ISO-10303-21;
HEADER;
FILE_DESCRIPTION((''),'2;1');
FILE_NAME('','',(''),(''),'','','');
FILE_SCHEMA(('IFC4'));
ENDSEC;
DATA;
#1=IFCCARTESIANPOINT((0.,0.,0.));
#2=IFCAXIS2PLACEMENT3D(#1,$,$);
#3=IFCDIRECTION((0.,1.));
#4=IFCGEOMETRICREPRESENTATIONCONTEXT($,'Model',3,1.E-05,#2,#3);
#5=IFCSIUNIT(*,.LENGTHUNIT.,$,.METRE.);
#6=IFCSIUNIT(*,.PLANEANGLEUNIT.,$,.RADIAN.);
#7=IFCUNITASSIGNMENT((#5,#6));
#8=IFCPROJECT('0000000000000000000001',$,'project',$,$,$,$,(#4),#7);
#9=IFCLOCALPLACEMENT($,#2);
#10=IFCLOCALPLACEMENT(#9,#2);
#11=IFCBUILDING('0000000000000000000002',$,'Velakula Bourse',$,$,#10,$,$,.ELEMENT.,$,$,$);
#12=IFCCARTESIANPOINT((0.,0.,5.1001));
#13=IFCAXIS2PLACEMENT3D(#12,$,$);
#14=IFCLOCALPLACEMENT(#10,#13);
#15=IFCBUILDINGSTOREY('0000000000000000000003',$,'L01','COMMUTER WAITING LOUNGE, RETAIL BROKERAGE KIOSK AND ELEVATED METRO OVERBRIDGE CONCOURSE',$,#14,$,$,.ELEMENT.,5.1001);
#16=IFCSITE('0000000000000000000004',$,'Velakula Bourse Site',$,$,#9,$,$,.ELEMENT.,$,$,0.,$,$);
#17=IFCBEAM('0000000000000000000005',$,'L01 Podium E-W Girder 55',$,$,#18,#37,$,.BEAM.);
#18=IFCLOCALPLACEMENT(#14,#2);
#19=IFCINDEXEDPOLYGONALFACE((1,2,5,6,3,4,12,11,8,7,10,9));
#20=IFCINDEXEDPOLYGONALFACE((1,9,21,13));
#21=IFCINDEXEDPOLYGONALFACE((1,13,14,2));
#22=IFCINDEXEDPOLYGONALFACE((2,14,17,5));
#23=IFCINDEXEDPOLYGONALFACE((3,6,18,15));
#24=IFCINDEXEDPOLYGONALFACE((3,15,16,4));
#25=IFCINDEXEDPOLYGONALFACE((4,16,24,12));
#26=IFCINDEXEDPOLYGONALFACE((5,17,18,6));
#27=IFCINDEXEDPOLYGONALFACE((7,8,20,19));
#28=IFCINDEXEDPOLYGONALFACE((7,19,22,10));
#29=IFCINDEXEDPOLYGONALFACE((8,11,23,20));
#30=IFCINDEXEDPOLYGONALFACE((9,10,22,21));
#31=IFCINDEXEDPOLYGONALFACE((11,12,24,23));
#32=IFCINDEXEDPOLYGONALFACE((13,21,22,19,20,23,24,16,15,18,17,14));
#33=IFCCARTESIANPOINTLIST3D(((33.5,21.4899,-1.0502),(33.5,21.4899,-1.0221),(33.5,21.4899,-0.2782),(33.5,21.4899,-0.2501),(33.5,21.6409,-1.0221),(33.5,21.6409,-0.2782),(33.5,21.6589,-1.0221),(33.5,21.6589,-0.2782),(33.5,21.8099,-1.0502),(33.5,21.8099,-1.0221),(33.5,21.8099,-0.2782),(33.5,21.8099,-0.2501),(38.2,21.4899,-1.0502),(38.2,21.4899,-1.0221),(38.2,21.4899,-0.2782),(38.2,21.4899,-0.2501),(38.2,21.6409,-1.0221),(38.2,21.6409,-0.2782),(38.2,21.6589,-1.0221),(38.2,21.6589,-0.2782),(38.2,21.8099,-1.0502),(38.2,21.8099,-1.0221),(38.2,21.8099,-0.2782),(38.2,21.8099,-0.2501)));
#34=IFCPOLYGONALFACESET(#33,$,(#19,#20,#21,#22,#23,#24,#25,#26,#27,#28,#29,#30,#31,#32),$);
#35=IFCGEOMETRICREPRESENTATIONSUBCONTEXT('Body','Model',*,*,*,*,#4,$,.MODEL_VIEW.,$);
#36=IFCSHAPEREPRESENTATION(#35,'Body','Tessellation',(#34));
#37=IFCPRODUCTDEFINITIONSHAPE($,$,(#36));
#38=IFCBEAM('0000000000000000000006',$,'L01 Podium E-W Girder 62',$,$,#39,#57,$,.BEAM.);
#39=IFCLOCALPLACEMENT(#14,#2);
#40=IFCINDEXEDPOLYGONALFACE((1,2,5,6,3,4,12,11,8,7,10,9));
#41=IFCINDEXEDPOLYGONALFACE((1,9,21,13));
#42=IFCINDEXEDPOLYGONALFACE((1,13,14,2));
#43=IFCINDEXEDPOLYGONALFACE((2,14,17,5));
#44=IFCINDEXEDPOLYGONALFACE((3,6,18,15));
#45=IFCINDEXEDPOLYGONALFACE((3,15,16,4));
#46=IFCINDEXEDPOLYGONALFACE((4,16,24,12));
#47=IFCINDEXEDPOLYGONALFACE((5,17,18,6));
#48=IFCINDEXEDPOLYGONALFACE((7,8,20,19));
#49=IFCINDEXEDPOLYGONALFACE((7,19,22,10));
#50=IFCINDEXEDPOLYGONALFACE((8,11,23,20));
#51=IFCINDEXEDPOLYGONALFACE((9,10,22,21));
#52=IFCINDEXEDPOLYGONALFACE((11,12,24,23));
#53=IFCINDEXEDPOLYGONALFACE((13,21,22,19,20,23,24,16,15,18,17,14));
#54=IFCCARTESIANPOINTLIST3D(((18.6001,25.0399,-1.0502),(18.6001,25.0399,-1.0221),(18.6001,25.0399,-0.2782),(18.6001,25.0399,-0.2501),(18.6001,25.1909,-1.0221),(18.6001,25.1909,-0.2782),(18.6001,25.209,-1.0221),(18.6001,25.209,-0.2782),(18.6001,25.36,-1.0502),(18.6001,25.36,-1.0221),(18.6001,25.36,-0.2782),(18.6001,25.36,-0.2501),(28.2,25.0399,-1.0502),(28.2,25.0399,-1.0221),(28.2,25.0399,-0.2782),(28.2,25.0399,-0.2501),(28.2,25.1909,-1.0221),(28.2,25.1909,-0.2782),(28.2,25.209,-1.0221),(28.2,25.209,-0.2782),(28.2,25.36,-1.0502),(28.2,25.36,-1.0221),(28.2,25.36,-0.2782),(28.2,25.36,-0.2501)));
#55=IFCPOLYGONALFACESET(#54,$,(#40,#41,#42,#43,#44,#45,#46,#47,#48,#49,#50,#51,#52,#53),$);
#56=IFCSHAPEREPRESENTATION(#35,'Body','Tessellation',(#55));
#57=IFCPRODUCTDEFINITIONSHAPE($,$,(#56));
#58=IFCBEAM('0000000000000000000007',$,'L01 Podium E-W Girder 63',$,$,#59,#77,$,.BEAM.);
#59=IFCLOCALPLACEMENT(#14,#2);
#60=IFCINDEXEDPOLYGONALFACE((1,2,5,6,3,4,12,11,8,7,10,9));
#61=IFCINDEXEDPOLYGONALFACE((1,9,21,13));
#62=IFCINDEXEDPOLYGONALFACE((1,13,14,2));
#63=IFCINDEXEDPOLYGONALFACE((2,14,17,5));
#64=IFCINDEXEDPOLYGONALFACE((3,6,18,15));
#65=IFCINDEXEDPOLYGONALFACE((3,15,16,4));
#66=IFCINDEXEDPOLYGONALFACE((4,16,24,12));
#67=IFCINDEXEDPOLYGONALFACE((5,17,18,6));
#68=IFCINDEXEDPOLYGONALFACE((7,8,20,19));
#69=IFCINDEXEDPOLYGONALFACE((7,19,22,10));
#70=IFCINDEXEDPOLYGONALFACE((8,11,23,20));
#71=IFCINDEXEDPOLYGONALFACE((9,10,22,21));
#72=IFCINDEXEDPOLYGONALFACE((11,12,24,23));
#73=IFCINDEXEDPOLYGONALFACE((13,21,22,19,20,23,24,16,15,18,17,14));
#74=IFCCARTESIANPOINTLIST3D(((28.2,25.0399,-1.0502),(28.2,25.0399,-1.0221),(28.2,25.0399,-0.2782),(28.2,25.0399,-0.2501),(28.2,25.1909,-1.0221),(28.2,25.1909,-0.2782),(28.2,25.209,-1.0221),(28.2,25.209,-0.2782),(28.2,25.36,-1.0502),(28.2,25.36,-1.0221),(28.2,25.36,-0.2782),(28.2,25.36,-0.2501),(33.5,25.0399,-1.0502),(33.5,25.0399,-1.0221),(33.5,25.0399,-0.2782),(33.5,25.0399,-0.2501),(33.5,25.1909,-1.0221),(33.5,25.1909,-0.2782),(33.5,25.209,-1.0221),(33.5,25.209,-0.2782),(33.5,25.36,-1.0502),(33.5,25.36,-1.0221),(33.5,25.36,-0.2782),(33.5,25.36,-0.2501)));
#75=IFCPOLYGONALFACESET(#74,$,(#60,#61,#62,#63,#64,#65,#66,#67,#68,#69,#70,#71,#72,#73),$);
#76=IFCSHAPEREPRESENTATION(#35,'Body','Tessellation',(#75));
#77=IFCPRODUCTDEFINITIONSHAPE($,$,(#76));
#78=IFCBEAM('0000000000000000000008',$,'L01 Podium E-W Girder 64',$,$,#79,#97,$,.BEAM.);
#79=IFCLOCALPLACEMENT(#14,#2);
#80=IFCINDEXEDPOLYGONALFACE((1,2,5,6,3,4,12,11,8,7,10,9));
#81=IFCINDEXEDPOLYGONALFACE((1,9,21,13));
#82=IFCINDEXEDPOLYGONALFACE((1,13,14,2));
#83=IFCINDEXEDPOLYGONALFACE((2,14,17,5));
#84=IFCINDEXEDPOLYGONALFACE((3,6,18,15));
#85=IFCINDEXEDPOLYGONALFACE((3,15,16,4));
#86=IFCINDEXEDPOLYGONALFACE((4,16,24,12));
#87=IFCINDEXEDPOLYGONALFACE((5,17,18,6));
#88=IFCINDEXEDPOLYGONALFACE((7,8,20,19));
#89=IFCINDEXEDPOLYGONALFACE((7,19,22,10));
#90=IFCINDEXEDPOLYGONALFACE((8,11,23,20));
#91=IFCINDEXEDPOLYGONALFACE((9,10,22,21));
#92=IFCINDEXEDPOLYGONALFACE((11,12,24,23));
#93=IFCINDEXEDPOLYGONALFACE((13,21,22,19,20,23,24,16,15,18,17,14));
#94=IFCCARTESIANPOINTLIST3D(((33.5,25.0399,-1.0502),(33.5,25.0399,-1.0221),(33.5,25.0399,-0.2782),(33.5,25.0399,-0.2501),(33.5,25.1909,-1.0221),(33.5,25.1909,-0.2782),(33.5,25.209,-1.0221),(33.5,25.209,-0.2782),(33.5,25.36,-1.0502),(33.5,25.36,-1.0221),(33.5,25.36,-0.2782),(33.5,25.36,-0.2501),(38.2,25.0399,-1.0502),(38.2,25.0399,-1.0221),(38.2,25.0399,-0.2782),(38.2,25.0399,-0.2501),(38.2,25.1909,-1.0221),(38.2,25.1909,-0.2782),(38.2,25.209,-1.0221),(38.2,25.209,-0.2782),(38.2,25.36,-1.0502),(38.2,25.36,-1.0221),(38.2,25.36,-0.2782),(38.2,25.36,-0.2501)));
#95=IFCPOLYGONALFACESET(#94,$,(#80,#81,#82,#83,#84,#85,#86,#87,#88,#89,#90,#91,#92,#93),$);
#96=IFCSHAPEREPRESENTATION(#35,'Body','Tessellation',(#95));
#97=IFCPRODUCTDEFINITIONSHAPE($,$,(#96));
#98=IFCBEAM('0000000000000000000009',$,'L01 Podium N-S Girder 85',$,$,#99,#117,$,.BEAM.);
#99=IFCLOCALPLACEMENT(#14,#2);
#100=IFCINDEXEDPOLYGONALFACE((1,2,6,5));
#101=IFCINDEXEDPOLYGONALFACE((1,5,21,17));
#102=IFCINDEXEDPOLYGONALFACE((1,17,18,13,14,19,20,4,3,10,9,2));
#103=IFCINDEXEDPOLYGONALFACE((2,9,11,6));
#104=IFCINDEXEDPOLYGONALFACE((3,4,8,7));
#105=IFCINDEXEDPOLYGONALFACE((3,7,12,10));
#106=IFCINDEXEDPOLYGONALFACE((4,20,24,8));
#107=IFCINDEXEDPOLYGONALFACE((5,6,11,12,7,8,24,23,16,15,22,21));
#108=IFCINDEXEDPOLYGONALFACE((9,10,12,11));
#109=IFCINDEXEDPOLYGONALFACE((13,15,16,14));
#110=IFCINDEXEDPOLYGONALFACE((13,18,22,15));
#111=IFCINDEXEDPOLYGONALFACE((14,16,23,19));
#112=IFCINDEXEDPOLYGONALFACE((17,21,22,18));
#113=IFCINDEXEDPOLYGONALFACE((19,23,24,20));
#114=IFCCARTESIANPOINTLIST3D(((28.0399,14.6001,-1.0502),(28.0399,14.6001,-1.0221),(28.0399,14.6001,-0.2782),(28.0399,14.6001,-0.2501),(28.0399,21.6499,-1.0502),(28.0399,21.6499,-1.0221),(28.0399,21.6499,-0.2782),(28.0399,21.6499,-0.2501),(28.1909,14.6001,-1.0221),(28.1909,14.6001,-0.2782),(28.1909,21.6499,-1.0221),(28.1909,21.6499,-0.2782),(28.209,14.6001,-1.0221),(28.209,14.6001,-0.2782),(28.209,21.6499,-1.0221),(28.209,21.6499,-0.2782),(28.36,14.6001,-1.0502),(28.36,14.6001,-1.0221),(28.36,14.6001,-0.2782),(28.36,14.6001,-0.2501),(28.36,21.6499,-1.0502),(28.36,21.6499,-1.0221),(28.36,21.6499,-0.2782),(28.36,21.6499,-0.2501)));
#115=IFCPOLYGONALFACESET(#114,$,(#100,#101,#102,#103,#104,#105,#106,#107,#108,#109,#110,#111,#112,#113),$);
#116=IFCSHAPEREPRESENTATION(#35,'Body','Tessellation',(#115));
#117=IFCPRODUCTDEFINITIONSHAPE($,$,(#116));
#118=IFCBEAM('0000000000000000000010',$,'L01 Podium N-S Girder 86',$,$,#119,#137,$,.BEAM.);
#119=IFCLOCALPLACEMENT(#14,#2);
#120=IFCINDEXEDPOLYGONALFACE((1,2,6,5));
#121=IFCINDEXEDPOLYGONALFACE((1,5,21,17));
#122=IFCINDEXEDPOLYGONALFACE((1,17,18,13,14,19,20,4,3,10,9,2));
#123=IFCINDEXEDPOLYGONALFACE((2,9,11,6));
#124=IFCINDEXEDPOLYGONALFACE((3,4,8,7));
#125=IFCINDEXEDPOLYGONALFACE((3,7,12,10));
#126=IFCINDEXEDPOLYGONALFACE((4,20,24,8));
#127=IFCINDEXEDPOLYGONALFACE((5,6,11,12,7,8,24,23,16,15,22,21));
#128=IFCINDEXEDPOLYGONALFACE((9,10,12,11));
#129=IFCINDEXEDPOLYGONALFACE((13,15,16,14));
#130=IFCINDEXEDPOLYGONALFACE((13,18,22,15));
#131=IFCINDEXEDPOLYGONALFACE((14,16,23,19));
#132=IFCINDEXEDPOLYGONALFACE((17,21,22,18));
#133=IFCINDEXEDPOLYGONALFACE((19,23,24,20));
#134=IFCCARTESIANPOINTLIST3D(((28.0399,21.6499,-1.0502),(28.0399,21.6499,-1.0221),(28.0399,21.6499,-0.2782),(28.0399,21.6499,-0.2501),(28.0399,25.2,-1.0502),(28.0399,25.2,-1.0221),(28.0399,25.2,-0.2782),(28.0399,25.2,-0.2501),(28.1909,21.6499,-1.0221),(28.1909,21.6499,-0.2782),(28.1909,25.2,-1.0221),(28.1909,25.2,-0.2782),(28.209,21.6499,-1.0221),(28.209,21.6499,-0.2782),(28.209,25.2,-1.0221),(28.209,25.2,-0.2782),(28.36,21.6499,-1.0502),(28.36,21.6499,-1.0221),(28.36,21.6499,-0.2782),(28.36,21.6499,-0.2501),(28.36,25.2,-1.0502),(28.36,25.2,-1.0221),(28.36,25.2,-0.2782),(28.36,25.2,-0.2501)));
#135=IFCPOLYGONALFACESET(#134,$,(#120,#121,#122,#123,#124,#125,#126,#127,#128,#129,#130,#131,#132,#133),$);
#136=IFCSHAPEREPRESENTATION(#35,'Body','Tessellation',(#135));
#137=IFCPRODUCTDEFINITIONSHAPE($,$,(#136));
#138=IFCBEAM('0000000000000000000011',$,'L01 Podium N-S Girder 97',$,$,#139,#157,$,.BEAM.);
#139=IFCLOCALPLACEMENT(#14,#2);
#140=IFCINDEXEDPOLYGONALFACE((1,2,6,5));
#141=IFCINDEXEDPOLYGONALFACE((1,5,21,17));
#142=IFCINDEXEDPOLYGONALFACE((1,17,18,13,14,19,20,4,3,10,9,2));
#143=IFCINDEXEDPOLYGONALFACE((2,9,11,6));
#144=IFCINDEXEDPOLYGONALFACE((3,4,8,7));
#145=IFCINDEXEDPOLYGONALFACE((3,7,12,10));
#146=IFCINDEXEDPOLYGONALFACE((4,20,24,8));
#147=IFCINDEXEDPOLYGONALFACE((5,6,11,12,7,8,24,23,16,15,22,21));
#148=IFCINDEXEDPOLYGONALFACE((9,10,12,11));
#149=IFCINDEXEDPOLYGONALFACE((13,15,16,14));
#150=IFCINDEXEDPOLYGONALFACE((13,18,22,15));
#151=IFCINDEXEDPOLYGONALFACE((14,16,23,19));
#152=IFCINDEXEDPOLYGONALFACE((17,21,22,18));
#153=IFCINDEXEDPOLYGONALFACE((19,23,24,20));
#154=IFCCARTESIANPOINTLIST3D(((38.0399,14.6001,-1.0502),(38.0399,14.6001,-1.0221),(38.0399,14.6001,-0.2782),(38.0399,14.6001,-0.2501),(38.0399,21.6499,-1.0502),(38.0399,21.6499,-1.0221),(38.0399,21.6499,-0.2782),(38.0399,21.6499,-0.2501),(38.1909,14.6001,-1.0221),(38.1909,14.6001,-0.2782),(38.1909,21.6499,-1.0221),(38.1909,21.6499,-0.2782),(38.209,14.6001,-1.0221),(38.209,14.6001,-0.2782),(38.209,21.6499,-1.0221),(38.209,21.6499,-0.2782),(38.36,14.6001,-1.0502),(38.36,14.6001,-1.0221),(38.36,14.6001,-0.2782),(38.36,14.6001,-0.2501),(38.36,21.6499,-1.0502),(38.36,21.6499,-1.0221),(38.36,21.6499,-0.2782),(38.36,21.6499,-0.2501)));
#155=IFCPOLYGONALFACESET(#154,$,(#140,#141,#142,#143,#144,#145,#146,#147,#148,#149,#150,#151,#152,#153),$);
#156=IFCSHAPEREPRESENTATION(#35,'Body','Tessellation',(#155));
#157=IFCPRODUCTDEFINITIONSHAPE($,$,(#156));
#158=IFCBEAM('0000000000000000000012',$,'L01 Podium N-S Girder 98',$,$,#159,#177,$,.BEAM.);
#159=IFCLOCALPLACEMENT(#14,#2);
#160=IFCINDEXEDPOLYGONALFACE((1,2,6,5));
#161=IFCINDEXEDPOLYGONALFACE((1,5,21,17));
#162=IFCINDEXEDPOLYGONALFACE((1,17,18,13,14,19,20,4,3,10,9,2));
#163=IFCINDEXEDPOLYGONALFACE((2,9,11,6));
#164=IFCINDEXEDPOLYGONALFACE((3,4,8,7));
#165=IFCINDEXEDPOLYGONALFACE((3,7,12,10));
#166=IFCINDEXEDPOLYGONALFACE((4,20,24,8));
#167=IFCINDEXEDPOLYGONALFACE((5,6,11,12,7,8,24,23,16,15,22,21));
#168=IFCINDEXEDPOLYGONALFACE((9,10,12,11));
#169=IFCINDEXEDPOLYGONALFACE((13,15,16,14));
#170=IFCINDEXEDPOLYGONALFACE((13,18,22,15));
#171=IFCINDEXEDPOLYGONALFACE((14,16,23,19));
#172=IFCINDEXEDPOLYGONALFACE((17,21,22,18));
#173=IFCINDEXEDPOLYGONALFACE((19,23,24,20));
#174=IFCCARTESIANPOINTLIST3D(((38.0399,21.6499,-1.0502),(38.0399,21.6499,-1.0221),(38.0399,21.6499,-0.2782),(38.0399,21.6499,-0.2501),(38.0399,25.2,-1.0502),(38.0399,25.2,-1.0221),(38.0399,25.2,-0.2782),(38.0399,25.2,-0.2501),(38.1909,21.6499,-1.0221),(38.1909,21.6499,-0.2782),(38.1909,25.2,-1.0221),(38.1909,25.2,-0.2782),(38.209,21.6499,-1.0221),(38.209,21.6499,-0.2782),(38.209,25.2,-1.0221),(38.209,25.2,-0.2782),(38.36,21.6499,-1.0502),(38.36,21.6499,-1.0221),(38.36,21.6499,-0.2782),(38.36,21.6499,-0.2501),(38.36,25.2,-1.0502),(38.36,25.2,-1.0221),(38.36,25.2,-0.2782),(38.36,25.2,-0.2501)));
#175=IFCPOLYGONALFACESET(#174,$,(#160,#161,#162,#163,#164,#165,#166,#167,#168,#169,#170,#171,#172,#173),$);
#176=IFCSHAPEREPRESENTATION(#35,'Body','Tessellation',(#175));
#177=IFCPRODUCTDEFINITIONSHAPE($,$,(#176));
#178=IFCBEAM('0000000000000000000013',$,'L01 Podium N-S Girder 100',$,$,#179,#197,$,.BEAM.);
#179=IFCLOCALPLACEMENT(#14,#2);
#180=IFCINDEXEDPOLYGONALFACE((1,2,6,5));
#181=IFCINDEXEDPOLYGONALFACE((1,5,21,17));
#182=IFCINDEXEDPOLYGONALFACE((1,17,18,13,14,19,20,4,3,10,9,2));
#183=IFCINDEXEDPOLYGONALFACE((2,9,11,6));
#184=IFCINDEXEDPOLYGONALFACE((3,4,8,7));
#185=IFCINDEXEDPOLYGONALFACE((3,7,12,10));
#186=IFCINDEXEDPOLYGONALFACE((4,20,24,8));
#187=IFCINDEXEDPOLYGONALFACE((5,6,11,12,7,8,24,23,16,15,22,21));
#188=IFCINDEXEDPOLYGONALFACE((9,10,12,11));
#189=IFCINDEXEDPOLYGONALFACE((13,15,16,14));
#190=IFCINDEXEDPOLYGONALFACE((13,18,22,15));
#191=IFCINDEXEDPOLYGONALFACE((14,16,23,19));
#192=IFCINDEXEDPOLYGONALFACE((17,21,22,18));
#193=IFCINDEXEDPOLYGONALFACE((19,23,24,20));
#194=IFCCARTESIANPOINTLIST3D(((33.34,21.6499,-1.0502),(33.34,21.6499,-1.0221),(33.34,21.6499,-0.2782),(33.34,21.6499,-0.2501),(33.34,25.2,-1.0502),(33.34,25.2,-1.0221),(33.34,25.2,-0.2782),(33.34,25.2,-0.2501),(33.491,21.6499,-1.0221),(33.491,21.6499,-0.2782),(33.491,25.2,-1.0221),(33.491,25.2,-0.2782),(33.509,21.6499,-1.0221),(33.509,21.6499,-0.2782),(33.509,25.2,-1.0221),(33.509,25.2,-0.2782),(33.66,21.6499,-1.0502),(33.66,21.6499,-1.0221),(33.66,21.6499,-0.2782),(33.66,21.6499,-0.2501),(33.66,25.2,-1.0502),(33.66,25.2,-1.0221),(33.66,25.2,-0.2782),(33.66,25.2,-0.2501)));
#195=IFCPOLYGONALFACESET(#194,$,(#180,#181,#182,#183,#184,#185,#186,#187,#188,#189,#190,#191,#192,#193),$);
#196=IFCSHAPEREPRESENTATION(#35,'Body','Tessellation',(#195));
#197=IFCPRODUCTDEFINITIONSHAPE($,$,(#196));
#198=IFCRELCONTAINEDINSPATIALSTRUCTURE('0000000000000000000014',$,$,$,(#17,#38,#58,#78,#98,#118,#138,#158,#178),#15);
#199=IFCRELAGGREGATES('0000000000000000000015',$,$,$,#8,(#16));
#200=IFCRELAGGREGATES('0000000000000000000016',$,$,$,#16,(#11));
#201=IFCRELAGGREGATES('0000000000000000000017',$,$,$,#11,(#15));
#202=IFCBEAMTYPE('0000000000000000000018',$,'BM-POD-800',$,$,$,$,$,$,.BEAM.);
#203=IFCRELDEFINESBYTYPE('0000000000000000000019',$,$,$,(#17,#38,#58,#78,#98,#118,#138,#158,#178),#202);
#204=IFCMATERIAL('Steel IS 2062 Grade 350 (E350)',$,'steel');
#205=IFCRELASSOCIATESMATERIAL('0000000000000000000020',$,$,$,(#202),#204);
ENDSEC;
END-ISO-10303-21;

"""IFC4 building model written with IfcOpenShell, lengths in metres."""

from ifc_helpers import new_model, si_unit, direction, frame, origin, origin_2d, place, context, subcontext, project, spatial, i_section, extrude, material, material_profile, profile_set, type_object, element, save


model = new_model("IFC4")

# Units and contexts
model_context = context("Model", 3, precision=1e-05, world=origin(), true_north=direction((0.0, 1.0)))
body_context = subcontext(model_context, "Body", "Model", "MODEL_VIEW")
ifc_project = project(units=[si_unit("LENGTHUNIT", "METRE"), si_unit("PLANEANGLEUNIT", "RADIAN")], contexts=[model_context])

# Site, building, storey
site_placement = place(None, origin())
site = spatial("IfcSite", under=ifc_project, at=site_placement, Name="Velakula Bourse Site", CompositionType="ELEMENT", RefElevation=0.0)
building_placement = place(site_placement, origin())
building = spatial("IfcBuilding", under=site, at=building_placement, Name="Velakula Bourse", CompositionType="ELEMENT")
storey_placement = place(building_placement, frame((0.0, 0.0, 5.1001)))
storey = spatial("IfcBuildingStorey", under=building, at=storey_placement, Name="L01", Description="COMMUTER WAITING LOUNGE, RETAIL BROKERAGE KIOSK AND ELEVATED METRO OVERBRIDGE CONCOURSE", CompositionType="ELEMENT", Elevation=5.1001)

# Beams
ifc_material_1 = material(Name="Steel IS 2062 Grade 350 (E350)", Category="steel")
ifc_material_profile_1 = material_profile(ifc_material_1, i_section(OverallWidth=0.3201, OverallDepth=0.8, WebThickness=0.0181, FlangeThickness=0.0281, at=origin_2d()), Name="Steel IS 2062 Grade 350 (E350)")
ifc_profile_set_1 = profile_set([ifc_material_profile_1], Name="Steel IS 2062 Grade 350 (E350)")
beam_type_1 = type_object("IfcBeamType", Name="BM-POD-800", PredefinedType="BEAM", material=ifc_profile_set_1)
beam_1_placement = place(storey_placement, frame((33.5, 21.6499, -0.6501), z_axis=(1.0, 0.0, 0.0), x_axis=(0.0, 1.0, 0.0)))
element("IfcBeam", 1, at=beam_1_placement, inside=storey, type_object=beam_type_1, Name="L01 Podium E-W Girder 55", PredefinedType="BEAM", context=body_context, shape_type="SweptSolid", body=[
    extrude(i_section(OverallWidth=0.3201, OverallDepth=0.8, WebThickness=0.0181, FlangeThickness=0.0281, at=origin_2d()), origin(), (0.0, 0.0, 1.0), 4.7),
])
beam_2_placement = place(storey_placement, frame((18.6001, 25.2, -0.6501), z_axis=(1.0, 0.0, 0.0), x_axis=(0.0, 1.0, 0.0)))
element("IfcBeam", 2, at=beam_2_placement, inside=storey, type_object=beam_type_1, Name="L01 Podium E-W Girder 62", PredefinedType="BEAM", context=body_context, shape_type="SweptSolid", body=[
    extrude(i_section(OverallWidth=0.3201, OverallDepth=0.8, WebThickness=0.0181, FlangeThickness=0.0281, at=origin_2d()), origin(), (0.0, 0.0, 1.0), 9.5999),
])
beam_3_placement = place(storey_placement, frame((28.2, 25.2, -0.6501), z_axis=(1.0, 0.0, 0.0), x_axis=(0.0, 1.0, 0.0)))
element("IfcBeam", 3, at=beam_3_placement, inside=storey, type_object=beam_type_1, Name="L01 Podium E-W Girder 63", PredefinedType="BEAM", context=body_context, shape_type="SweptSolid", body=[
    extrude(i_section(OverallWidth=0.3201, OverallDepth=0.8, WebThickness=0.0181, FlangeThickness=0.0281, at=origin_2d()), origin(), (0.0, 0.0, 1.0), 5.3),
])
beam_4_placement = place(storey_placement, frame((33.5, 25.2, -0.6501), z_axis=(1.0, 0.0, 0.0), x_axis=(0.0, 1.0, 0.0)))
element("IfcBeam", 4, at=beam_4_placement, inside=storey, type_object=beam_type_1, Name="L01 Podium E-W Girder 64", PredefinedType="BEAM", context=body_context, shape_type="SweptSolid", body=[
    extrude(i_section(OverallWidth=0.3201, OverallDepth=0.8, WebThickness=0.0181, FlangeThickness=0.0281, at=origin_2d()), origin(), (0.0, 0.0, 1.0), 4.7),
])
beam_5_placement = place(storey_placement, frame((28.2, 14.6001, -0.6501), z_axis=(0.0, 1.0, 0.0), x_axis=(-1.0, 0.0, 0.0)))
element("IfcBeam", 5, at=beam_5_placement, inside=storey, type_object=beam_type_1, Name="L01 Podium N-S Girder 85", PredefinedType="BEAM", context=body_context, shape_type="SweptSolid", body=[
    extrude(i_section(OverallWidth=0.3201, OverallDepth=0.8, WebThickness=0.0181, FlangeThickness=0.0281, at=origin_2d()), origin(), (0.0, 0.0, 1.0), 7.0498),
])
beam_6_placement = place(storey_placement, frame((28.2, 21.6499, -0.6501), z_axis=(0.0, 1.0, 0.0), x_axis=(-1.0, 0.0, 0.0)))
element("IfcBeam", 6, at=beam_6_placement, inside=storey, type_object=beam_type_1, Name="L01 Podium N-S Girder 86", PredefinedType="BEAM", context=body_context, shape_type="SweptSolid", body=[
    extrude(i_section(OverallWidth=0.3201, OverallDepth=0.8, WebThickness=0.0181, FlangeThickness=0.0281, at=origin_2d()), origin(), (0.0, 0.0, 1.0), 3.55),
])
beam_7_placement = place(storey_placement, frame((38.2, 14.6001, -0.6501), z_axis=(0.0, 1.0, 0.0), x_axis=(-1.0, 0.0, 0.0)))
element("IfcBeam", 7, at=beam_7_placement, inside=storey, type_object=beam_type_1, Name="L01 Podium N-S Girder 97", PredefinedType="BEAM", context=body_context, shape_type="SweptSolid", body=[
    extrude(i_section(OverallWidth=0.3201, OverallDepth=0.8, WebThickness=0.0181, FlangeThickness=0.0281, at=origin_2d()), origin(), (0.0, 0.0, 1.0), 7.0498),
])
for number, where, z_axis, x_axis, name in (
    (8, (38.2, 21.6499, -0.6501), (0.0, 1.0, 0.0), (-1.0, 0.0, 0.0), "L01 Podium N-S Girder 98"),
    (9, (33.5, 21.6499, -0.6501), (0.0, 1.0, 0.0), (-1.0, 0.0, 0.0), "L01 Podium N-S Girder 100"),
):
    element("IfcBeam", number, at=place(storey_placement, frame(where, z_axis=z_axis, x_axis=x_axis)), inside=storey, type_object=beam_type_1, Name=name, PredefinedType="BEAM", context=body_context, shape_type="SweptSolid", body=[
        extrude(i_section(OverallWidth=0.3201, OverallDepth=0.8, WebThickness=0.0181, FlangeThickness=0.0281, at=origin_2d()), origin(), (0.0, 0.0, 1.0), 3.55),
    ])

save(model, "model.ifc")
